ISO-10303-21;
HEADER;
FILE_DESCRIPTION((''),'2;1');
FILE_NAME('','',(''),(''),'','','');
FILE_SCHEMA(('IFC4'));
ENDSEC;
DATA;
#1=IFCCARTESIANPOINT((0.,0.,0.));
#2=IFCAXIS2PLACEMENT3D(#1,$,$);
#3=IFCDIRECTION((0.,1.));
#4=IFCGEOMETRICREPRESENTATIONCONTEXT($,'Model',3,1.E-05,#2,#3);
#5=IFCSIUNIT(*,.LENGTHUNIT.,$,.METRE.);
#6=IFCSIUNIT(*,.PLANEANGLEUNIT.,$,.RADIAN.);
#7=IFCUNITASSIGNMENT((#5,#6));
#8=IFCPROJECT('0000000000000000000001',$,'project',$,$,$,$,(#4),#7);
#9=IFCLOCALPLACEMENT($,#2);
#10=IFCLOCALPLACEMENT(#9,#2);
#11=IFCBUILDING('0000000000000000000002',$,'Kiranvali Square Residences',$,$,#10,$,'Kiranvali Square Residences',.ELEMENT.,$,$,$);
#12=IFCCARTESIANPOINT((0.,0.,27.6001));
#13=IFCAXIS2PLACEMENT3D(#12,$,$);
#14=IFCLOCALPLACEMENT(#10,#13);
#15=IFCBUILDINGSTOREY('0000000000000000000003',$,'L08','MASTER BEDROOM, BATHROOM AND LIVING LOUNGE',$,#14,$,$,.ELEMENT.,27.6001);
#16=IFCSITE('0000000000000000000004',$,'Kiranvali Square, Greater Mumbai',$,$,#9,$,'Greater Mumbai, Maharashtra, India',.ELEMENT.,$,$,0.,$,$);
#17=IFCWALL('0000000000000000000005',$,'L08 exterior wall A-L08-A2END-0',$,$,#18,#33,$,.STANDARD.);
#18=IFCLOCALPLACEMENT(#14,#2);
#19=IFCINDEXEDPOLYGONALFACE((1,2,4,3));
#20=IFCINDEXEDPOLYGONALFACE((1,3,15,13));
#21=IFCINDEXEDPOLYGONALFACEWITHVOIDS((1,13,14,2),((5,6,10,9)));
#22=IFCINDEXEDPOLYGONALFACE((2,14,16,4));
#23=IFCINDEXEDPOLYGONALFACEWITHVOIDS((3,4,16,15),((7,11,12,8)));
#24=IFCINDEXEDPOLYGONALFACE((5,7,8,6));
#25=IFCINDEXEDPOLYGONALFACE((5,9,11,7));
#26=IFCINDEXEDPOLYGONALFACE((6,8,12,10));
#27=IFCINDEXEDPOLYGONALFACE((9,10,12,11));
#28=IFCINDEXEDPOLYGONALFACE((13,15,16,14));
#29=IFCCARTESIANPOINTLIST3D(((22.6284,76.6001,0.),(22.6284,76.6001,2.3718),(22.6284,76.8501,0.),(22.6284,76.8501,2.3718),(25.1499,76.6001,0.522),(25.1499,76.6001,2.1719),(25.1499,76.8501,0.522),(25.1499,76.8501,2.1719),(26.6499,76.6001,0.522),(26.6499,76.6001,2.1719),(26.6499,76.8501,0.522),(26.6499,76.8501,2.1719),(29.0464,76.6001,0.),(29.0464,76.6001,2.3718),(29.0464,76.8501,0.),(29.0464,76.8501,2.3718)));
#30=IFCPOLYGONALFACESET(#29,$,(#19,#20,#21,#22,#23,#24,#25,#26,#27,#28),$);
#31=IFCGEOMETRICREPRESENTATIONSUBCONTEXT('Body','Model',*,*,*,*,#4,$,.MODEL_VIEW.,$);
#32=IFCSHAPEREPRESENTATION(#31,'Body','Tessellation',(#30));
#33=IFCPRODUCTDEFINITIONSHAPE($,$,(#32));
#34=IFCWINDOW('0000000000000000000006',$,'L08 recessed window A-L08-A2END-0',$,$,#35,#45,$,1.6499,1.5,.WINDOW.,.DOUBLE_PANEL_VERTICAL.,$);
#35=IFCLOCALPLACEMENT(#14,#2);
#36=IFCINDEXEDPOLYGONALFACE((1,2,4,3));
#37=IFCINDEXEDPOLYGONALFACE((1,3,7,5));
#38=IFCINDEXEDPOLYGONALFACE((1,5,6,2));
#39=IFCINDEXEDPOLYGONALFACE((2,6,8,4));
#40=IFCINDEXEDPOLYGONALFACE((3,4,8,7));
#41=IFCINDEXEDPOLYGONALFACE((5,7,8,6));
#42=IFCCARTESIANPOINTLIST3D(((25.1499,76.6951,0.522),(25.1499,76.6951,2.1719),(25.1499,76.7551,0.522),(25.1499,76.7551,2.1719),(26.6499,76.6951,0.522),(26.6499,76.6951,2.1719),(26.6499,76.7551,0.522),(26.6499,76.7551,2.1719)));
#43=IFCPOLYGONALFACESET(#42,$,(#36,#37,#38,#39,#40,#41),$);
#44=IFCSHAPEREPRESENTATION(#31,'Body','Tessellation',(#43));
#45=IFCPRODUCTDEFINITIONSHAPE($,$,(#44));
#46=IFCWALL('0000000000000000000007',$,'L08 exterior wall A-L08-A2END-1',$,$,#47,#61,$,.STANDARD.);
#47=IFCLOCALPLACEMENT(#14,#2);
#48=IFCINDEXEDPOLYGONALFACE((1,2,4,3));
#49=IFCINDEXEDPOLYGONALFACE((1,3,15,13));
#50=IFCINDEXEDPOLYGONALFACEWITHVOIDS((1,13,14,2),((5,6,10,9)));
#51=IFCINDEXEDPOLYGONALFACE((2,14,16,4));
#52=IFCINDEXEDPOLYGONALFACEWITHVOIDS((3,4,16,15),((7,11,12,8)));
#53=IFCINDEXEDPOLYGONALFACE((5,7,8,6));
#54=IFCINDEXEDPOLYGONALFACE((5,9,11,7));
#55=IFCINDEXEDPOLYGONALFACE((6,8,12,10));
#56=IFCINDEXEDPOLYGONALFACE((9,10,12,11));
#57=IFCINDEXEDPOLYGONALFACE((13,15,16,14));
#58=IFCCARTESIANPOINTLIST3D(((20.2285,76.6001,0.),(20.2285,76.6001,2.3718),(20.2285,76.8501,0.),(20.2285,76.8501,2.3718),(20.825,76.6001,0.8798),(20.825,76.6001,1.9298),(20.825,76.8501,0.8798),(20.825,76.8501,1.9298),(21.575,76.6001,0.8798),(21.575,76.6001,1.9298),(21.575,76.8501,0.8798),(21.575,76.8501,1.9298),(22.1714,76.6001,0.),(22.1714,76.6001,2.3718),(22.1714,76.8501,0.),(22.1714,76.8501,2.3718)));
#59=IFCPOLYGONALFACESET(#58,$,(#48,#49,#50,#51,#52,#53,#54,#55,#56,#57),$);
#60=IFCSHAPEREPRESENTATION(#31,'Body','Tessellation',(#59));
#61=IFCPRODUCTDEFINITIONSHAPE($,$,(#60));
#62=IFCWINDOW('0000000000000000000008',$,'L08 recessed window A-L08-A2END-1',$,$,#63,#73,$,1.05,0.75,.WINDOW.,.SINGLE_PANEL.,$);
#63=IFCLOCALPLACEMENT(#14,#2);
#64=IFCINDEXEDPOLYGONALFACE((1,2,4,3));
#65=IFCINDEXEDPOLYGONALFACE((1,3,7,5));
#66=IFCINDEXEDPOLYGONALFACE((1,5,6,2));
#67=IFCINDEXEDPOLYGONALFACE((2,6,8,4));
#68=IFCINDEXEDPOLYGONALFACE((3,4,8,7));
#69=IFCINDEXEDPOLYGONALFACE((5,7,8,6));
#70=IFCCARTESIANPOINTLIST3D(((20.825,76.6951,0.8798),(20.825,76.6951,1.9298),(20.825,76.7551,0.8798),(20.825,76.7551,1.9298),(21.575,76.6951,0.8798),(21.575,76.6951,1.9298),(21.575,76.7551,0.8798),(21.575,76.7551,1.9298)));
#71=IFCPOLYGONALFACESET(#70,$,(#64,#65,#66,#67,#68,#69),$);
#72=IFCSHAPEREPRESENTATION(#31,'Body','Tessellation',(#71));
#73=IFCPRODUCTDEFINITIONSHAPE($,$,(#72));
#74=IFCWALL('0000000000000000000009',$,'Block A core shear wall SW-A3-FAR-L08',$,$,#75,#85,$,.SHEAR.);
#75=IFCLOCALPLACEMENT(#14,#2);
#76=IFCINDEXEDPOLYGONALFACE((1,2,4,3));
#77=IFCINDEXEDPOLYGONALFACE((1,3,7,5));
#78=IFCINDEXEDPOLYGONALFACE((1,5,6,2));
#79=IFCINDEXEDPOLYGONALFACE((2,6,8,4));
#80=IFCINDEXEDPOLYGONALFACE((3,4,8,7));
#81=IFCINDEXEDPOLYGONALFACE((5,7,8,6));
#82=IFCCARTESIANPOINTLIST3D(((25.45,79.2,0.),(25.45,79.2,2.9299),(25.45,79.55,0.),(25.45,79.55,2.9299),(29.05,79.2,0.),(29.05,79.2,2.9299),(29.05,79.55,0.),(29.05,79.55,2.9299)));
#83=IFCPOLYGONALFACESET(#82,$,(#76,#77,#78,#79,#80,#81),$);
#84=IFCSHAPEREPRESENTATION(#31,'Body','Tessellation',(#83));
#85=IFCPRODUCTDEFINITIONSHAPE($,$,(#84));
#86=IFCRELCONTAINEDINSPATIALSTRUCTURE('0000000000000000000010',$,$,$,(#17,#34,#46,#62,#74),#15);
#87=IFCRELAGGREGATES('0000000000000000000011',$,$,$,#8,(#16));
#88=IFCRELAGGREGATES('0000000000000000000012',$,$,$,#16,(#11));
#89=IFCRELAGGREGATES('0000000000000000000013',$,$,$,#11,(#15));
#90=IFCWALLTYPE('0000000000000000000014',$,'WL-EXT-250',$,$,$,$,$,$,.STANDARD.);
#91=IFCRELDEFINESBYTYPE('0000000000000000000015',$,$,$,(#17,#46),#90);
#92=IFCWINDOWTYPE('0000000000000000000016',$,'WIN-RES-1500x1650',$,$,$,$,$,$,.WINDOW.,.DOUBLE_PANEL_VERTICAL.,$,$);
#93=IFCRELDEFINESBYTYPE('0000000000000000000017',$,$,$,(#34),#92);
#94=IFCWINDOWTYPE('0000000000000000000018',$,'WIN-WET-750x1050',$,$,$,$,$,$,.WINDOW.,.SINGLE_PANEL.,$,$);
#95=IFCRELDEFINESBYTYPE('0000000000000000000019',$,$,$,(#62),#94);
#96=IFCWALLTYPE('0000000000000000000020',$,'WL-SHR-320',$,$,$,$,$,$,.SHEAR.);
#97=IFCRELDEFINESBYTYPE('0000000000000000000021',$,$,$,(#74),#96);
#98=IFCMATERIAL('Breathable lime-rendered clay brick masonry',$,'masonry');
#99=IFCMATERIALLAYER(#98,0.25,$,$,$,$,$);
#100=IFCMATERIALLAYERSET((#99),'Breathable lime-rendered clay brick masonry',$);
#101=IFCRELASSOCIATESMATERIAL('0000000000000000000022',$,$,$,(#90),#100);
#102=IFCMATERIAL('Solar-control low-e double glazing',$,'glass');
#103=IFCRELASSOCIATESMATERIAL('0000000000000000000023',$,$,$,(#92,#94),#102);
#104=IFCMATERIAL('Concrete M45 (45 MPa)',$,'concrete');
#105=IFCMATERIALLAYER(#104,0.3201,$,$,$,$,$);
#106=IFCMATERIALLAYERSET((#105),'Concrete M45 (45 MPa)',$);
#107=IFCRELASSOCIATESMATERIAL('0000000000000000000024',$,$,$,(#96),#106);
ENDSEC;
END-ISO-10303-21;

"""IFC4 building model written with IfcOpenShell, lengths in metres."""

from ifc_helpers import new_model, si_unit, direction, frame, frame_2d, origin, place, context, subcontext, project, spatial, rectangle, extrude, material, layer, layer_set, type_object, element, fill, save


model = new_model("IFC4")

# Units and contexts
model_context = context("Model", 3, precision=1e-05, world=origin(), true_north=direction((0.0, 1.0)))
body_context = subcontext(model_context, "Body", "Model", "MODEL_VIEW")
ifc_project = project(units=[si_unit("LENGTHUNIT", "METRE"), si_unit("PLANEANGLEUNIT", "RADIAN")], contexts=[model_context])

# Site, building, storey
site_placement = place(None, origin())
site = spatial("IfcSite", under=ifc_project, at=site_placement, Name="Kiranvali Square, Greater Mumbai", LongName="Greater Mumbai, Maharashtra, India", CompositionType="ELEMENT", RefElevation=0.0)
building_placement = place(site_placement, origin())
building = spatial("IfcBuilding", under=site, at=building_placement, Name="Kiranvali Square Residences", LongName="Kiranvali Square Residences", CompositionType="ELEMENT")
storey_placement = place(building_placement, frame((0.0, 0.0, 27.6001)))
storey = spatial("IfcBuildingStorey", under=building, at=storey_placement, Name="L08", Description="MASTER BEDROOM, BATHROOM AND LIVING LOUNGE", CompositionType="ELEMENT", Elevation=27.6001)

# Shared definitions
ifc_material_1 = material(Name="Concrete M45 (45 MPa)", Category="concrete")

# Walls, openings, windows
ifc_material_2 = material(Name="Breathable lime-rendered clay brick masonry", Category="masonry")
ifc_layer_1 = layer(ifc_material_2, 0.25)
ifc_layer_set_1 = layer_set([ifc_layer_1], Name="Breathable lime-rendered clay brick masonry")
wall_type_1 = type_object("IfcWallType", Name="WL-EXT-250", PredefinedType="STANDARD", material=ifc_layer_set_1)
ifc_material_3 = material(Name="Solar-control low-e double glazing", Category="glass")
wall_1_placement = place(storey_placement, frame((29.0464, 76.7251, 0.0), z_axis=(0.0, 0.0, 1.0), x_axis=(-1.0, 0.0, 0.0)))
wall_1 = element("IfcWall", 1, at=wall_1_placement, inside=storey, type_object=wall_type_1, Name="L08 exterior wall A-L08-A2END-0", PredefinedType="STANDARD", context=body_context, shape_type="SweptSolid", body=[
    extrude(rectangle(XDim=6.418, YDim=0.25, at=frame_2d((3.209, 0.0))), origin(), (0.0, 0.0, 1.0), 2.3718),
])
opening_1_placement = place(wall_1_placement, frame((2.3965, 0.0, 0.522)))
opening_1 = element("IfcOpeningElement", 2, at=opening_1_placement, cuts=wall_1, PredefinedType="OPENING", context=body_context, shape_type="SweptSolid", body=[
    extrude(rectangle(XDim=1.5, YDim=1.6499, at=frame_2d((0.75, 0.825))), frame((0.0, 0.135, 0.0), z_axis=(0.0, -1.0, 0.0), x_axis=(1.0, 0.0, 0.0)), (0.0, 0.0, 1.0), 0.27),
])
window_type_1 = type_object("IfcWindowType", Name="WIN-RES-1500x1650", PartitioningType="DOUBLE_PANEL_VERTICAL", PredefinedType="WINDOW", material=ifc_material_3)
window_1_placement = place(opening_1_placement, origin())
window_1 = element("IfcWindow", 3, at=window_1_placement, inside=storey, type_object=window_type_1, Name="L08 recessed window A-L08-A2END-0", OverallHeight=1.6499, OverallWidth=1.5, PartitioningType="DOUBLE_PANEL_VERTICAL", PredefinedType="WINDOW", context=body_context, shape_type="SweptSolid", body=[
    extrude(rectangle(XDim=1.5, YDim=1.6499, at=frame_2d((0.75, 0.825))), frame((0.0, 0.03, 0.0), z_axis=(0.0, -1.0, 0.0), x_axis=(1.0, 0.0, 0.0)), (0.0, 0.0, 1.0), 0.0601),
])
fill(opening_1, window_1)
wall_2_placement = place(storey_placement, frame((22.1714, 76.7251, 0.0), z_axis=(0.0, 0.0, 1.0), x_axis=(-1.0, 0.0, 0.0)))
wall_2 = element("IfcWall", 4, at=wall_2_placement, inside=storey, type_object=wall_type_1, Name="L08 exterior wall A-L08-A2END-1", PredefinedType="STANDARD", context=body_context, shape_type="SweptSolid", body=[
    extrude(rectangle(XDim=1.9429, YDim=0.25, at=frame_2d((0.9714, 0.0))), origin(), (0.0, 0.0, 1.0), 2.3718),
])
opening_2_placement = place(wall_2_placement, frame((0.5964, 0.0, 0.8799)))
opening_2 = element("IfcOpeningElement", 5, at=opening_2_placement, cuts=wall_2, PredefinedType="OPENING", context=body_context, shape_type="SweptSolid", body=[
    extrude(rectangle(XDim=0.75, YDim=1.05, at=frame_2d((0.375, 0.5249))), frame((0.0, 0.135, 0.0), z_axis=(0.0, -1.0, 0.0), x_axis=(1.0, 0.0, 0.0)), (0.0, 0.0, 1.0), 0.27),
])
window_type_2 = type_object("IfcWindowType", Name="WIN-WET-750x1050", PartitioningType="SINGLE_PANEL", PredefinedType="WINDOW", material=ifc_material_3)
window_2_placement = place(opening_2_placement, origin())
window_2 = element("IfcWindow", 6, at=window_2_placement, inside=storey, type_object=window_type_2, Name="L08 recessed window A-L08-A2END-1", OverallHeight=1.05, OverallWidth=0.75, PartitioningType="SINGLE_PANEL", PredefinedType="WINDOW", context=body_context, shape_type="SweptSolid", body=[
    extrude(rectangle(XDim=0.75, YDim=1.05, at=frame_2d((0.375, 0.5249))), frame((0.0, 0.03, 0.0), z_axis=(0.0, -1.0, 0.0), x_axis=(1.0, 0.0, 0.0)), (0.0, 0.0, 1.0), 0.0601),
])
fill(opening_2, window_2)

# Wall
ifc_layer_2 = layer(ifc_material_1, 0.3201)
ifc_layer_set_2 = layer_set([ifc_layer_2], Name="Concrete M45 (45 MPa)")
wall_type_2 = type_object("IfcWallType", Name="WL-SHR-320", PredefinedType="SHEAR", material=ifc_layer_set_2)
wall_3_placement = place(storey_placement, frame((29.05, 79.375, 0.0), z_axis=(0.0, 0.0, 1.0), x_axis=(-1.0, 0.0, 0.0)))
element("IfcWall", 7, at=wall_3_placement, inside=storey, type_object=wall_type_2, Name="Block A core shear wall SW-A3-FAR-L08", PredefinedType="SHEAR", context=body_context, shape_type="SweptSolid", body=[
    extrude(rectangle(XDim=3.6001, YDim=0.3501, at=frame_2d((1.8, 0.0))), origin(), (0.0, 0.0, 1.0), 2.9299),
])

save(model, "model.ifc")
